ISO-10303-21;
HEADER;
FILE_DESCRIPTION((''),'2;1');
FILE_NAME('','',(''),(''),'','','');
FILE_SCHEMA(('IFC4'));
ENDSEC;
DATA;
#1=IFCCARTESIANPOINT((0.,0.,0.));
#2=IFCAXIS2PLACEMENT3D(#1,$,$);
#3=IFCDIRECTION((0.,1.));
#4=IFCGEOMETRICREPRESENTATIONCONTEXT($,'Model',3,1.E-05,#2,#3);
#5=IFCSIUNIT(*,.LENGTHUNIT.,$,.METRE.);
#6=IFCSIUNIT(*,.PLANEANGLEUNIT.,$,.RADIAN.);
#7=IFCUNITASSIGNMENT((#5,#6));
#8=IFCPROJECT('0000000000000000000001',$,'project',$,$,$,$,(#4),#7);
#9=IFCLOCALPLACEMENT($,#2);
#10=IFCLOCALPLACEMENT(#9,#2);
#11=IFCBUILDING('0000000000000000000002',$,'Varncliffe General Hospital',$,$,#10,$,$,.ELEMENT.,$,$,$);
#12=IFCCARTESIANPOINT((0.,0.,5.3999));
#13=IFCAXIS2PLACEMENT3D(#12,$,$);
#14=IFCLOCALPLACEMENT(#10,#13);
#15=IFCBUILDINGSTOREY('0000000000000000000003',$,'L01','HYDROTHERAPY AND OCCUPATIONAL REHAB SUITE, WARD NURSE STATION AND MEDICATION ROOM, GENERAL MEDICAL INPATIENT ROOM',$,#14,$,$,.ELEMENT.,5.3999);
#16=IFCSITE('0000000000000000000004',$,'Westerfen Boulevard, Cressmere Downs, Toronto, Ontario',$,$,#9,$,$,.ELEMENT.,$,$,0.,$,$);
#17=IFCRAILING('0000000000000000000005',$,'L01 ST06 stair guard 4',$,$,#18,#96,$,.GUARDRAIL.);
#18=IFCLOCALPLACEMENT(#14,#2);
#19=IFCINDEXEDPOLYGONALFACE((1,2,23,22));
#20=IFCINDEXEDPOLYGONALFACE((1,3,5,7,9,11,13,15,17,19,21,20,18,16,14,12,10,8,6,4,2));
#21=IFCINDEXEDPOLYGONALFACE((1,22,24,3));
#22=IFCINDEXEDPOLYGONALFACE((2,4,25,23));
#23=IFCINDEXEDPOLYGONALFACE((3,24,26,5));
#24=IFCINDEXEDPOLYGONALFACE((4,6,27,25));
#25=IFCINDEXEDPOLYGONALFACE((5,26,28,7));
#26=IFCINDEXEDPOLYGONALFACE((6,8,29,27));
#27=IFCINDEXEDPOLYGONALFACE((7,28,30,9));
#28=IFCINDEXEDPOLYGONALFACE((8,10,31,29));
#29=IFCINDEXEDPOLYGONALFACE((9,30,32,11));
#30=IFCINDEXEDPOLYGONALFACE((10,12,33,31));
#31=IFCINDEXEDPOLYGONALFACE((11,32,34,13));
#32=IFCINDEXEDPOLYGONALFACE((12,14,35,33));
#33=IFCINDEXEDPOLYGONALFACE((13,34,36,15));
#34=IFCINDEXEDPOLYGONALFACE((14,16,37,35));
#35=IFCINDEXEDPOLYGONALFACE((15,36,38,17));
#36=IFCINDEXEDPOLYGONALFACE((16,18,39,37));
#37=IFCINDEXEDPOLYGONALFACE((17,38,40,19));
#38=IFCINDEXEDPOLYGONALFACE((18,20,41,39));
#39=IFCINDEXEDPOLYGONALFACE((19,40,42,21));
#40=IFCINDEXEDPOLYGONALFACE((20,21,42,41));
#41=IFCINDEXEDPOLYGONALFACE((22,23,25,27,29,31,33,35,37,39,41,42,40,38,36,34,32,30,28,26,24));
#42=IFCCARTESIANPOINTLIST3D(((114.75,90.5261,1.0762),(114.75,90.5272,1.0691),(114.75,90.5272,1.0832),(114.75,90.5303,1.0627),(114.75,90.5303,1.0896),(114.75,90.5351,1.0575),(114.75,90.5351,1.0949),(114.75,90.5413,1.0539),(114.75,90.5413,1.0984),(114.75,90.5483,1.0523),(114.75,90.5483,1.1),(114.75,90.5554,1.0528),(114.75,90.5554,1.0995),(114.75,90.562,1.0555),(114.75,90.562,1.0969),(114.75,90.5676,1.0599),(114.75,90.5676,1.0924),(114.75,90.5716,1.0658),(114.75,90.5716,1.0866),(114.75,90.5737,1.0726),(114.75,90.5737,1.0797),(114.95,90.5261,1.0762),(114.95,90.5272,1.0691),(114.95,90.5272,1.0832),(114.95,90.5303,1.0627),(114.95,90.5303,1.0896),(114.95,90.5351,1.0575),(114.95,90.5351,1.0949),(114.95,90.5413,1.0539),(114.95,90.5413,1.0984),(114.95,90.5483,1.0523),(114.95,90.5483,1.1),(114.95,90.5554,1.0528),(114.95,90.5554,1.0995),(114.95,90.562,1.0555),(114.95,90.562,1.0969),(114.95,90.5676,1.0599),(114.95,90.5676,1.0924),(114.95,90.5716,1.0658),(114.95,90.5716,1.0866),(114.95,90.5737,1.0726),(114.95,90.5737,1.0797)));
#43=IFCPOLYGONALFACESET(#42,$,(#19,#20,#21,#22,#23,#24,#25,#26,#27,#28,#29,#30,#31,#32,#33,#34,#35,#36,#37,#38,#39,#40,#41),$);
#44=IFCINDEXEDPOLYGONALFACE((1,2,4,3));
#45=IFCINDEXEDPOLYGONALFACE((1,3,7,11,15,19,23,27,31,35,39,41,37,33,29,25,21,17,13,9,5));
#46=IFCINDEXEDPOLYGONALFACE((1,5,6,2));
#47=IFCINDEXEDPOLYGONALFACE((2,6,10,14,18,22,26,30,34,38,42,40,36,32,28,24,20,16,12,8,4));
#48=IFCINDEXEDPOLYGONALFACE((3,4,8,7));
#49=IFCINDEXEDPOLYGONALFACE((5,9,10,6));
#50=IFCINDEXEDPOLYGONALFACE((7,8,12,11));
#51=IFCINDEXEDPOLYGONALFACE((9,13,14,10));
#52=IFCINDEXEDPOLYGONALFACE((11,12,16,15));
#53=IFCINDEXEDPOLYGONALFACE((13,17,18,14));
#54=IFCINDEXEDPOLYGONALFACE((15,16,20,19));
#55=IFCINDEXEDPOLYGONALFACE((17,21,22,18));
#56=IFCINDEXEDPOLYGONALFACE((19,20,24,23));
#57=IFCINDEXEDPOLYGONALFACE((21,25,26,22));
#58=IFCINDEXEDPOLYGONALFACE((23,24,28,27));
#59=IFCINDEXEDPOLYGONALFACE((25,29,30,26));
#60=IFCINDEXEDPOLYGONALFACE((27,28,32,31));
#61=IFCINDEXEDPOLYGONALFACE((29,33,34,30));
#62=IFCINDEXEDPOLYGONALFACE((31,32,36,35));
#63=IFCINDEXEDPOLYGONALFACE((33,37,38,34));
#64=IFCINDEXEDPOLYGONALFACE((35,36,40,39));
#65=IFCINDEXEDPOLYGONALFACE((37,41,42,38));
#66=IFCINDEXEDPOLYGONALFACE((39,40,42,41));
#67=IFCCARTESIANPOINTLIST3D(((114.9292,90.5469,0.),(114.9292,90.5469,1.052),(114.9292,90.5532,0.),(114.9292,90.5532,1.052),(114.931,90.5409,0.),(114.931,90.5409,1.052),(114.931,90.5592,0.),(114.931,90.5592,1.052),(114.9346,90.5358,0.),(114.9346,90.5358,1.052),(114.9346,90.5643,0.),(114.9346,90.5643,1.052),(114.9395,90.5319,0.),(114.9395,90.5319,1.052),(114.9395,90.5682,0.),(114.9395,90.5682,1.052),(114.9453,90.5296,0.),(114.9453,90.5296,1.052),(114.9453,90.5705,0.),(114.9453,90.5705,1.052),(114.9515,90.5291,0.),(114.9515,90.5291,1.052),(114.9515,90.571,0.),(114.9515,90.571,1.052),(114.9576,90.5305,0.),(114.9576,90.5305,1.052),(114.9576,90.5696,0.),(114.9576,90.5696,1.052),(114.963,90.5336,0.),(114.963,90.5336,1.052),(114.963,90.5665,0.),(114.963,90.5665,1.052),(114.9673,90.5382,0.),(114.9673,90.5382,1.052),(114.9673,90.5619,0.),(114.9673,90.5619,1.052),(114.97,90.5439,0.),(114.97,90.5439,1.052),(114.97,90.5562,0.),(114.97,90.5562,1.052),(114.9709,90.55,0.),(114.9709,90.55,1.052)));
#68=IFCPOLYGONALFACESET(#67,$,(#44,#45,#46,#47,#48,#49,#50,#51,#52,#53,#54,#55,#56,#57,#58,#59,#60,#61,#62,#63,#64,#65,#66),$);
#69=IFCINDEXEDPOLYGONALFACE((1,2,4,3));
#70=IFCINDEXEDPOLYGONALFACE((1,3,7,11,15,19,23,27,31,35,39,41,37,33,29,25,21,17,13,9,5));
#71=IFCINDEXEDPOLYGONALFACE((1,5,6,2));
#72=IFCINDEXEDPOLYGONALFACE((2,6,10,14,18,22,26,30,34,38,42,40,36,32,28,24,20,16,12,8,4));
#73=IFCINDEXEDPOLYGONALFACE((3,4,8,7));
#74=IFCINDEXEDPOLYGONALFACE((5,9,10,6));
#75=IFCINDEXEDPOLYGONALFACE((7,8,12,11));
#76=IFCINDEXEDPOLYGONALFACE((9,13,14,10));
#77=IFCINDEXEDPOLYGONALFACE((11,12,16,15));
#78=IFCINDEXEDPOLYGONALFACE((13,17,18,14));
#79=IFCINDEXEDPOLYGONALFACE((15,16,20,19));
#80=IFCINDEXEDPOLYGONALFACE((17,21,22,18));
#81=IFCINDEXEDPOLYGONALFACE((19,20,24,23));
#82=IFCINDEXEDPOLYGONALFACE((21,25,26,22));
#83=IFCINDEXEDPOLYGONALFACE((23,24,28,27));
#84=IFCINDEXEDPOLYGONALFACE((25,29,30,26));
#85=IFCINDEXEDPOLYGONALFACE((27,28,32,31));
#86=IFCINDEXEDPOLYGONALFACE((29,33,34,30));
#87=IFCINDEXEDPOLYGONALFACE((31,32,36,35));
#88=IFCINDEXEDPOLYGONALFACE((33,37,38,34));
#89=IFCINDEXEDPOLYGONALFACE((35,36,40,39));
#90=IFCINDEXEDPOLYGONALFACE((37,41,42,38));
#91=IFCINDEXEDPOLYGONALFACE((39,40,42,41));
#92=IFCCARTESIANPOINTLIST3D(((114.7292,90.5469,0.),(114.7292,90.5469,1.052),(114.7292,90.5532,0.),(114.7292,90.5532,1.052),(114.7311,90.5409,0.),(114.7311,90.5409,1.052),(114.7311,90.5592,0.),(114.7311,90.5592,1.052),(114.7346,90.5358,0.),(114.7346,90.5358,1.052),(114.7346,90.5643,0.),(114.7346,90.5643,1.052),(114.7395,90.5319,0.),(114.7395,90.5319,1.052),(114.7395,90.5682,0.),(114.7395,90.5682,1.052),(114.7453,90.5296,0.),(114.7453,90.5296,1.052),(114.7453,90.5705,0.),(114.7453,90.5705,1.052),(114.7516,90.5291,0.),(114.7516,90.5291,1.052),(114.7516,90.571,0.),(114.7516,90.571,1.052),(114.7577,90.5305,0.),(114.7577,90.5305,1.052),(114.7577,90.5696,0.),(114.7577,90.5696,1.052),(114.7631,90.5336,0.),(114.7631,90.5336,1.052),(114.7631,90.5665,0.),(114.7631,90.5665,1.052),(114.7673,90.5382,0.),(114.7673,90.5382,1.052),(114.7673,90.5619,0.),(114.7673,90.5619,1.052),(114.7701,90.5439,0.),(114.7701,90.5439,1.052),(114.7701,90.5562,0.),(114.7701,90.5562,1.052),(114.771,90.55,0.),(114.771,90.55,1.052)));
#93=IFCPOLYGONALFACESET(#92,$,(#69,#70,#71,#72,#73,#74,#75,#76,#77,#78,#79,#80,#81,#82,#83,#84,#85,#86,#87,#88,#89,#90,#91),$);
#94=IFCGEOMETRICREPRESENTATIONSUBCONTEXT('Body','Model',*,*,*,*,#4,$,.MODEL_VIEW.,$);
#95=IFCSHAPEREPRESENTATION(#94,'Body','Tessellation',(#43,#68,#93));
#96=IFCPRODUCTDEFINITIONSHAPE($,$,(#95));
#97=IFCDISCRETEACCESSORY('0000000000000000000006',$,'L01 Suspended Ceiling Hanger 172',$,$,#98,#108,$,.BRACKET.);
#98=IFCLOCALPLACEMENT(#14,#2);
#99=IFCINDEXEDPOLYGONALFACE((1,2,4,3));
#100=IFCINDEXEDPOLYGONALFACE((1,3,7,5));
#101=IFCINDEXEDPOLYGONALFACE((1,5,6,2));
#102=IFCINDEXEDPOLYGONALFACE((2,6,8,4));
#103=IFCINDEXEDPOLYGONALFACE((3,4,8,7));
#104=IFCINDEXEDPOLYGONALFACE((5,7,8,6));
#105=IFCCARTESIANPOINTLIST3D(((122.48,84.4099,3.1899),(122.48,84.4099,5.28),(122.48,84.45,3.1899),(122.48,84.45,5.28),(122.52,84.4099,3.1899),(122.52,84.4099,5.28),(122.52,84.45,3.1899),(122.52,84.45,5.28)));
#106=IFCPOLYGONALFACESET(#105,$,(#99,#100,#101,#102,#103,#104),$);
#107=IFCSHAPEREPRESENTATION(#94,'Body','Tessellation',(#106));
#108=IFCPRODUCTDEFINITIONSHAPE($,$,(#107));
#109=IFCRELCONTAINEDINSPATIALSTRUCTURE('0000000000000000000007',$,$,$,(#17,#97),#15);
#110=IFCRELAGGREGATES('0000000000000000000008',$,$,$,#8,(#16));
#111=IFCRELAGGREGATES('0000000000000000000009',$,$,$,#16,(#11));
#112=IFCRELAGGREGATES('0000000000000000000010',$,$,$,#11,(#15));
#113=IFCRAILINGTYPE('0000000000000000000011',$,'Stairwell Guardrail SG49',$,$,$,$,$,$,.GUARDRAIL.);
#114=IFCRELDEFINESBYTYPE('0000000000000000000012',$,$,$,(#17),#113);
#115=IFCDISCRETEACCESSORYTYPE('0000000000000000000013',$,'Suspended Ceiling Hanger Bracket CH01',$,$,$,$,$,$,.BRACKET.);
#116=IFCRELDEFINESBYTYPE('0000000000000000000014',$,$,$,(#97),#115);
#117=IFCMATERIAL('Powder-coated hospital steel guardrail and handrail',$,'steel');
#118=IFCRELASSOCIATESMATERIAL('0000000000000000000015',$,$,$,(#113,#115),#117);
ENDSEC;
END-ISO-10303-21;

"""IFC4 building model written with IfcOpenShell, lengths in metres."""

from ifc_helpers import new_model, si_unit, direction, frame, origin, origin_2d, place, context, subcontext, project, spatial, rectangle, circle, extrude, material, type_object, element, save


model = new_model("IFC4")

# Units and contexts
model_context = context("Model", 3, precision=1e-05, world=origin(), true_north=direction((0.0, 1.0)))
body_context = subcontext(model_context, "Body", "Model", "MODEL_VIEW")
ifc_project = project(units=[si_unit("LENGTHUNIT", "METRE"), si_unit("PLANEANGLEUNIT", "RADIAN")], contexts=[model_context])

# Site, building, storey
site_placement = place(None, origin())
site = spatial("IfcSite", under=ifc_project, at=site_placement, Name="Westerfen Boulevard, Cressmere Downs, Toronto, Ontario", CompositionType="ELEMENT", RefElevation=0.0)
building_placement = place(site_placement, origin())
building = spatial("IfcBuilding", under=site, at=building_placement, Name="Varncliffe General Hospital", CompositionType="ELEMENT")
storey_placement = place(building_placement, frame((0.0, 0.0, 5.3999)))
storey = spatial("IfcBuildingStorey", under=building, at=storey_placement, Name="L01", Description="HYDROTHERAPY AND OCCUPATIONAL REHAB SUITE, WARD NURSE STATION AND MEDICATION ROOM, GENERAL MEDICAL INPATIENT ROOM", CompositionType="ELEMENT", Elevation=5.3999)

# Railing
ifc_material_1 = material(Name="Powder-coated hospital steel guardrail and handrail", Category="steel")
railing_type_1 = type_object("IfcRailingType", Name="Stairwell Guardrail SG49", PredefinedType="GUARDRAIL", material=ifc_material_1)
railing_1_placement = place(storey_placement, frame((114.95, 90.55, 0.0)))
element("IfcRailing", 1, at=railing_1_placement, inside=storey, type_object=railing_type_1, Name="L01 ST06 stair guard 4", PredefinedType="GUARDRAIL", context=body_context, shape_type="SweptSolid", body=[
    extrude(circle(Radius=0.0239, at=origin_2d()), frame((0.0, 0.0, 1.0762), z_axis=(-1.0, 0.0, 0.0), x_axis=(0.0, -1.0, 0.0)), (0.0, 0.0, 1.0), 0.2),
    extrude(circle(Radius=0.021, at=origin_2d()), origin(), (0.0, 0.0, 1.0), 1.052),
    extrude(circle(Radius=0.021, at=origin_2d()), frame((-0.2, 0.0, 0.0)), (0.0, 0.0, 1.0), 1.052),
])

# Discrete accessory
discrete_accessory_type = type_object("IfcDiscreteAccessoryType", Name="Suspended Ceiling Hanger Bracket CH01", PredefinedType="BRACKET", material=ifc_material_1)
discrete_accessory_placement = place(storey_placement, frame((122.5, 84.4299, 3.1899), z_axis=(0.0, 0.0, 1.0), x_axis=(1.0, 0.0, 0.0)))
element("IfcDiscreteAccessory", 2, at=discrete_accessory_placement, inside=storey, type_object=discrete_accessory_type, Name="L01 Suspended Ceiling Hanger 172", PredefinedType="BRACKET", context=body_context, shape_type="SweptSolid", body=[
    extrude(rectangle(XDim=0.04, YDim=0.04, at=origin_2d()), origin(), (0.0, 0.0, 1.0), 2.0901),
])

save(model, "model.ifc")
